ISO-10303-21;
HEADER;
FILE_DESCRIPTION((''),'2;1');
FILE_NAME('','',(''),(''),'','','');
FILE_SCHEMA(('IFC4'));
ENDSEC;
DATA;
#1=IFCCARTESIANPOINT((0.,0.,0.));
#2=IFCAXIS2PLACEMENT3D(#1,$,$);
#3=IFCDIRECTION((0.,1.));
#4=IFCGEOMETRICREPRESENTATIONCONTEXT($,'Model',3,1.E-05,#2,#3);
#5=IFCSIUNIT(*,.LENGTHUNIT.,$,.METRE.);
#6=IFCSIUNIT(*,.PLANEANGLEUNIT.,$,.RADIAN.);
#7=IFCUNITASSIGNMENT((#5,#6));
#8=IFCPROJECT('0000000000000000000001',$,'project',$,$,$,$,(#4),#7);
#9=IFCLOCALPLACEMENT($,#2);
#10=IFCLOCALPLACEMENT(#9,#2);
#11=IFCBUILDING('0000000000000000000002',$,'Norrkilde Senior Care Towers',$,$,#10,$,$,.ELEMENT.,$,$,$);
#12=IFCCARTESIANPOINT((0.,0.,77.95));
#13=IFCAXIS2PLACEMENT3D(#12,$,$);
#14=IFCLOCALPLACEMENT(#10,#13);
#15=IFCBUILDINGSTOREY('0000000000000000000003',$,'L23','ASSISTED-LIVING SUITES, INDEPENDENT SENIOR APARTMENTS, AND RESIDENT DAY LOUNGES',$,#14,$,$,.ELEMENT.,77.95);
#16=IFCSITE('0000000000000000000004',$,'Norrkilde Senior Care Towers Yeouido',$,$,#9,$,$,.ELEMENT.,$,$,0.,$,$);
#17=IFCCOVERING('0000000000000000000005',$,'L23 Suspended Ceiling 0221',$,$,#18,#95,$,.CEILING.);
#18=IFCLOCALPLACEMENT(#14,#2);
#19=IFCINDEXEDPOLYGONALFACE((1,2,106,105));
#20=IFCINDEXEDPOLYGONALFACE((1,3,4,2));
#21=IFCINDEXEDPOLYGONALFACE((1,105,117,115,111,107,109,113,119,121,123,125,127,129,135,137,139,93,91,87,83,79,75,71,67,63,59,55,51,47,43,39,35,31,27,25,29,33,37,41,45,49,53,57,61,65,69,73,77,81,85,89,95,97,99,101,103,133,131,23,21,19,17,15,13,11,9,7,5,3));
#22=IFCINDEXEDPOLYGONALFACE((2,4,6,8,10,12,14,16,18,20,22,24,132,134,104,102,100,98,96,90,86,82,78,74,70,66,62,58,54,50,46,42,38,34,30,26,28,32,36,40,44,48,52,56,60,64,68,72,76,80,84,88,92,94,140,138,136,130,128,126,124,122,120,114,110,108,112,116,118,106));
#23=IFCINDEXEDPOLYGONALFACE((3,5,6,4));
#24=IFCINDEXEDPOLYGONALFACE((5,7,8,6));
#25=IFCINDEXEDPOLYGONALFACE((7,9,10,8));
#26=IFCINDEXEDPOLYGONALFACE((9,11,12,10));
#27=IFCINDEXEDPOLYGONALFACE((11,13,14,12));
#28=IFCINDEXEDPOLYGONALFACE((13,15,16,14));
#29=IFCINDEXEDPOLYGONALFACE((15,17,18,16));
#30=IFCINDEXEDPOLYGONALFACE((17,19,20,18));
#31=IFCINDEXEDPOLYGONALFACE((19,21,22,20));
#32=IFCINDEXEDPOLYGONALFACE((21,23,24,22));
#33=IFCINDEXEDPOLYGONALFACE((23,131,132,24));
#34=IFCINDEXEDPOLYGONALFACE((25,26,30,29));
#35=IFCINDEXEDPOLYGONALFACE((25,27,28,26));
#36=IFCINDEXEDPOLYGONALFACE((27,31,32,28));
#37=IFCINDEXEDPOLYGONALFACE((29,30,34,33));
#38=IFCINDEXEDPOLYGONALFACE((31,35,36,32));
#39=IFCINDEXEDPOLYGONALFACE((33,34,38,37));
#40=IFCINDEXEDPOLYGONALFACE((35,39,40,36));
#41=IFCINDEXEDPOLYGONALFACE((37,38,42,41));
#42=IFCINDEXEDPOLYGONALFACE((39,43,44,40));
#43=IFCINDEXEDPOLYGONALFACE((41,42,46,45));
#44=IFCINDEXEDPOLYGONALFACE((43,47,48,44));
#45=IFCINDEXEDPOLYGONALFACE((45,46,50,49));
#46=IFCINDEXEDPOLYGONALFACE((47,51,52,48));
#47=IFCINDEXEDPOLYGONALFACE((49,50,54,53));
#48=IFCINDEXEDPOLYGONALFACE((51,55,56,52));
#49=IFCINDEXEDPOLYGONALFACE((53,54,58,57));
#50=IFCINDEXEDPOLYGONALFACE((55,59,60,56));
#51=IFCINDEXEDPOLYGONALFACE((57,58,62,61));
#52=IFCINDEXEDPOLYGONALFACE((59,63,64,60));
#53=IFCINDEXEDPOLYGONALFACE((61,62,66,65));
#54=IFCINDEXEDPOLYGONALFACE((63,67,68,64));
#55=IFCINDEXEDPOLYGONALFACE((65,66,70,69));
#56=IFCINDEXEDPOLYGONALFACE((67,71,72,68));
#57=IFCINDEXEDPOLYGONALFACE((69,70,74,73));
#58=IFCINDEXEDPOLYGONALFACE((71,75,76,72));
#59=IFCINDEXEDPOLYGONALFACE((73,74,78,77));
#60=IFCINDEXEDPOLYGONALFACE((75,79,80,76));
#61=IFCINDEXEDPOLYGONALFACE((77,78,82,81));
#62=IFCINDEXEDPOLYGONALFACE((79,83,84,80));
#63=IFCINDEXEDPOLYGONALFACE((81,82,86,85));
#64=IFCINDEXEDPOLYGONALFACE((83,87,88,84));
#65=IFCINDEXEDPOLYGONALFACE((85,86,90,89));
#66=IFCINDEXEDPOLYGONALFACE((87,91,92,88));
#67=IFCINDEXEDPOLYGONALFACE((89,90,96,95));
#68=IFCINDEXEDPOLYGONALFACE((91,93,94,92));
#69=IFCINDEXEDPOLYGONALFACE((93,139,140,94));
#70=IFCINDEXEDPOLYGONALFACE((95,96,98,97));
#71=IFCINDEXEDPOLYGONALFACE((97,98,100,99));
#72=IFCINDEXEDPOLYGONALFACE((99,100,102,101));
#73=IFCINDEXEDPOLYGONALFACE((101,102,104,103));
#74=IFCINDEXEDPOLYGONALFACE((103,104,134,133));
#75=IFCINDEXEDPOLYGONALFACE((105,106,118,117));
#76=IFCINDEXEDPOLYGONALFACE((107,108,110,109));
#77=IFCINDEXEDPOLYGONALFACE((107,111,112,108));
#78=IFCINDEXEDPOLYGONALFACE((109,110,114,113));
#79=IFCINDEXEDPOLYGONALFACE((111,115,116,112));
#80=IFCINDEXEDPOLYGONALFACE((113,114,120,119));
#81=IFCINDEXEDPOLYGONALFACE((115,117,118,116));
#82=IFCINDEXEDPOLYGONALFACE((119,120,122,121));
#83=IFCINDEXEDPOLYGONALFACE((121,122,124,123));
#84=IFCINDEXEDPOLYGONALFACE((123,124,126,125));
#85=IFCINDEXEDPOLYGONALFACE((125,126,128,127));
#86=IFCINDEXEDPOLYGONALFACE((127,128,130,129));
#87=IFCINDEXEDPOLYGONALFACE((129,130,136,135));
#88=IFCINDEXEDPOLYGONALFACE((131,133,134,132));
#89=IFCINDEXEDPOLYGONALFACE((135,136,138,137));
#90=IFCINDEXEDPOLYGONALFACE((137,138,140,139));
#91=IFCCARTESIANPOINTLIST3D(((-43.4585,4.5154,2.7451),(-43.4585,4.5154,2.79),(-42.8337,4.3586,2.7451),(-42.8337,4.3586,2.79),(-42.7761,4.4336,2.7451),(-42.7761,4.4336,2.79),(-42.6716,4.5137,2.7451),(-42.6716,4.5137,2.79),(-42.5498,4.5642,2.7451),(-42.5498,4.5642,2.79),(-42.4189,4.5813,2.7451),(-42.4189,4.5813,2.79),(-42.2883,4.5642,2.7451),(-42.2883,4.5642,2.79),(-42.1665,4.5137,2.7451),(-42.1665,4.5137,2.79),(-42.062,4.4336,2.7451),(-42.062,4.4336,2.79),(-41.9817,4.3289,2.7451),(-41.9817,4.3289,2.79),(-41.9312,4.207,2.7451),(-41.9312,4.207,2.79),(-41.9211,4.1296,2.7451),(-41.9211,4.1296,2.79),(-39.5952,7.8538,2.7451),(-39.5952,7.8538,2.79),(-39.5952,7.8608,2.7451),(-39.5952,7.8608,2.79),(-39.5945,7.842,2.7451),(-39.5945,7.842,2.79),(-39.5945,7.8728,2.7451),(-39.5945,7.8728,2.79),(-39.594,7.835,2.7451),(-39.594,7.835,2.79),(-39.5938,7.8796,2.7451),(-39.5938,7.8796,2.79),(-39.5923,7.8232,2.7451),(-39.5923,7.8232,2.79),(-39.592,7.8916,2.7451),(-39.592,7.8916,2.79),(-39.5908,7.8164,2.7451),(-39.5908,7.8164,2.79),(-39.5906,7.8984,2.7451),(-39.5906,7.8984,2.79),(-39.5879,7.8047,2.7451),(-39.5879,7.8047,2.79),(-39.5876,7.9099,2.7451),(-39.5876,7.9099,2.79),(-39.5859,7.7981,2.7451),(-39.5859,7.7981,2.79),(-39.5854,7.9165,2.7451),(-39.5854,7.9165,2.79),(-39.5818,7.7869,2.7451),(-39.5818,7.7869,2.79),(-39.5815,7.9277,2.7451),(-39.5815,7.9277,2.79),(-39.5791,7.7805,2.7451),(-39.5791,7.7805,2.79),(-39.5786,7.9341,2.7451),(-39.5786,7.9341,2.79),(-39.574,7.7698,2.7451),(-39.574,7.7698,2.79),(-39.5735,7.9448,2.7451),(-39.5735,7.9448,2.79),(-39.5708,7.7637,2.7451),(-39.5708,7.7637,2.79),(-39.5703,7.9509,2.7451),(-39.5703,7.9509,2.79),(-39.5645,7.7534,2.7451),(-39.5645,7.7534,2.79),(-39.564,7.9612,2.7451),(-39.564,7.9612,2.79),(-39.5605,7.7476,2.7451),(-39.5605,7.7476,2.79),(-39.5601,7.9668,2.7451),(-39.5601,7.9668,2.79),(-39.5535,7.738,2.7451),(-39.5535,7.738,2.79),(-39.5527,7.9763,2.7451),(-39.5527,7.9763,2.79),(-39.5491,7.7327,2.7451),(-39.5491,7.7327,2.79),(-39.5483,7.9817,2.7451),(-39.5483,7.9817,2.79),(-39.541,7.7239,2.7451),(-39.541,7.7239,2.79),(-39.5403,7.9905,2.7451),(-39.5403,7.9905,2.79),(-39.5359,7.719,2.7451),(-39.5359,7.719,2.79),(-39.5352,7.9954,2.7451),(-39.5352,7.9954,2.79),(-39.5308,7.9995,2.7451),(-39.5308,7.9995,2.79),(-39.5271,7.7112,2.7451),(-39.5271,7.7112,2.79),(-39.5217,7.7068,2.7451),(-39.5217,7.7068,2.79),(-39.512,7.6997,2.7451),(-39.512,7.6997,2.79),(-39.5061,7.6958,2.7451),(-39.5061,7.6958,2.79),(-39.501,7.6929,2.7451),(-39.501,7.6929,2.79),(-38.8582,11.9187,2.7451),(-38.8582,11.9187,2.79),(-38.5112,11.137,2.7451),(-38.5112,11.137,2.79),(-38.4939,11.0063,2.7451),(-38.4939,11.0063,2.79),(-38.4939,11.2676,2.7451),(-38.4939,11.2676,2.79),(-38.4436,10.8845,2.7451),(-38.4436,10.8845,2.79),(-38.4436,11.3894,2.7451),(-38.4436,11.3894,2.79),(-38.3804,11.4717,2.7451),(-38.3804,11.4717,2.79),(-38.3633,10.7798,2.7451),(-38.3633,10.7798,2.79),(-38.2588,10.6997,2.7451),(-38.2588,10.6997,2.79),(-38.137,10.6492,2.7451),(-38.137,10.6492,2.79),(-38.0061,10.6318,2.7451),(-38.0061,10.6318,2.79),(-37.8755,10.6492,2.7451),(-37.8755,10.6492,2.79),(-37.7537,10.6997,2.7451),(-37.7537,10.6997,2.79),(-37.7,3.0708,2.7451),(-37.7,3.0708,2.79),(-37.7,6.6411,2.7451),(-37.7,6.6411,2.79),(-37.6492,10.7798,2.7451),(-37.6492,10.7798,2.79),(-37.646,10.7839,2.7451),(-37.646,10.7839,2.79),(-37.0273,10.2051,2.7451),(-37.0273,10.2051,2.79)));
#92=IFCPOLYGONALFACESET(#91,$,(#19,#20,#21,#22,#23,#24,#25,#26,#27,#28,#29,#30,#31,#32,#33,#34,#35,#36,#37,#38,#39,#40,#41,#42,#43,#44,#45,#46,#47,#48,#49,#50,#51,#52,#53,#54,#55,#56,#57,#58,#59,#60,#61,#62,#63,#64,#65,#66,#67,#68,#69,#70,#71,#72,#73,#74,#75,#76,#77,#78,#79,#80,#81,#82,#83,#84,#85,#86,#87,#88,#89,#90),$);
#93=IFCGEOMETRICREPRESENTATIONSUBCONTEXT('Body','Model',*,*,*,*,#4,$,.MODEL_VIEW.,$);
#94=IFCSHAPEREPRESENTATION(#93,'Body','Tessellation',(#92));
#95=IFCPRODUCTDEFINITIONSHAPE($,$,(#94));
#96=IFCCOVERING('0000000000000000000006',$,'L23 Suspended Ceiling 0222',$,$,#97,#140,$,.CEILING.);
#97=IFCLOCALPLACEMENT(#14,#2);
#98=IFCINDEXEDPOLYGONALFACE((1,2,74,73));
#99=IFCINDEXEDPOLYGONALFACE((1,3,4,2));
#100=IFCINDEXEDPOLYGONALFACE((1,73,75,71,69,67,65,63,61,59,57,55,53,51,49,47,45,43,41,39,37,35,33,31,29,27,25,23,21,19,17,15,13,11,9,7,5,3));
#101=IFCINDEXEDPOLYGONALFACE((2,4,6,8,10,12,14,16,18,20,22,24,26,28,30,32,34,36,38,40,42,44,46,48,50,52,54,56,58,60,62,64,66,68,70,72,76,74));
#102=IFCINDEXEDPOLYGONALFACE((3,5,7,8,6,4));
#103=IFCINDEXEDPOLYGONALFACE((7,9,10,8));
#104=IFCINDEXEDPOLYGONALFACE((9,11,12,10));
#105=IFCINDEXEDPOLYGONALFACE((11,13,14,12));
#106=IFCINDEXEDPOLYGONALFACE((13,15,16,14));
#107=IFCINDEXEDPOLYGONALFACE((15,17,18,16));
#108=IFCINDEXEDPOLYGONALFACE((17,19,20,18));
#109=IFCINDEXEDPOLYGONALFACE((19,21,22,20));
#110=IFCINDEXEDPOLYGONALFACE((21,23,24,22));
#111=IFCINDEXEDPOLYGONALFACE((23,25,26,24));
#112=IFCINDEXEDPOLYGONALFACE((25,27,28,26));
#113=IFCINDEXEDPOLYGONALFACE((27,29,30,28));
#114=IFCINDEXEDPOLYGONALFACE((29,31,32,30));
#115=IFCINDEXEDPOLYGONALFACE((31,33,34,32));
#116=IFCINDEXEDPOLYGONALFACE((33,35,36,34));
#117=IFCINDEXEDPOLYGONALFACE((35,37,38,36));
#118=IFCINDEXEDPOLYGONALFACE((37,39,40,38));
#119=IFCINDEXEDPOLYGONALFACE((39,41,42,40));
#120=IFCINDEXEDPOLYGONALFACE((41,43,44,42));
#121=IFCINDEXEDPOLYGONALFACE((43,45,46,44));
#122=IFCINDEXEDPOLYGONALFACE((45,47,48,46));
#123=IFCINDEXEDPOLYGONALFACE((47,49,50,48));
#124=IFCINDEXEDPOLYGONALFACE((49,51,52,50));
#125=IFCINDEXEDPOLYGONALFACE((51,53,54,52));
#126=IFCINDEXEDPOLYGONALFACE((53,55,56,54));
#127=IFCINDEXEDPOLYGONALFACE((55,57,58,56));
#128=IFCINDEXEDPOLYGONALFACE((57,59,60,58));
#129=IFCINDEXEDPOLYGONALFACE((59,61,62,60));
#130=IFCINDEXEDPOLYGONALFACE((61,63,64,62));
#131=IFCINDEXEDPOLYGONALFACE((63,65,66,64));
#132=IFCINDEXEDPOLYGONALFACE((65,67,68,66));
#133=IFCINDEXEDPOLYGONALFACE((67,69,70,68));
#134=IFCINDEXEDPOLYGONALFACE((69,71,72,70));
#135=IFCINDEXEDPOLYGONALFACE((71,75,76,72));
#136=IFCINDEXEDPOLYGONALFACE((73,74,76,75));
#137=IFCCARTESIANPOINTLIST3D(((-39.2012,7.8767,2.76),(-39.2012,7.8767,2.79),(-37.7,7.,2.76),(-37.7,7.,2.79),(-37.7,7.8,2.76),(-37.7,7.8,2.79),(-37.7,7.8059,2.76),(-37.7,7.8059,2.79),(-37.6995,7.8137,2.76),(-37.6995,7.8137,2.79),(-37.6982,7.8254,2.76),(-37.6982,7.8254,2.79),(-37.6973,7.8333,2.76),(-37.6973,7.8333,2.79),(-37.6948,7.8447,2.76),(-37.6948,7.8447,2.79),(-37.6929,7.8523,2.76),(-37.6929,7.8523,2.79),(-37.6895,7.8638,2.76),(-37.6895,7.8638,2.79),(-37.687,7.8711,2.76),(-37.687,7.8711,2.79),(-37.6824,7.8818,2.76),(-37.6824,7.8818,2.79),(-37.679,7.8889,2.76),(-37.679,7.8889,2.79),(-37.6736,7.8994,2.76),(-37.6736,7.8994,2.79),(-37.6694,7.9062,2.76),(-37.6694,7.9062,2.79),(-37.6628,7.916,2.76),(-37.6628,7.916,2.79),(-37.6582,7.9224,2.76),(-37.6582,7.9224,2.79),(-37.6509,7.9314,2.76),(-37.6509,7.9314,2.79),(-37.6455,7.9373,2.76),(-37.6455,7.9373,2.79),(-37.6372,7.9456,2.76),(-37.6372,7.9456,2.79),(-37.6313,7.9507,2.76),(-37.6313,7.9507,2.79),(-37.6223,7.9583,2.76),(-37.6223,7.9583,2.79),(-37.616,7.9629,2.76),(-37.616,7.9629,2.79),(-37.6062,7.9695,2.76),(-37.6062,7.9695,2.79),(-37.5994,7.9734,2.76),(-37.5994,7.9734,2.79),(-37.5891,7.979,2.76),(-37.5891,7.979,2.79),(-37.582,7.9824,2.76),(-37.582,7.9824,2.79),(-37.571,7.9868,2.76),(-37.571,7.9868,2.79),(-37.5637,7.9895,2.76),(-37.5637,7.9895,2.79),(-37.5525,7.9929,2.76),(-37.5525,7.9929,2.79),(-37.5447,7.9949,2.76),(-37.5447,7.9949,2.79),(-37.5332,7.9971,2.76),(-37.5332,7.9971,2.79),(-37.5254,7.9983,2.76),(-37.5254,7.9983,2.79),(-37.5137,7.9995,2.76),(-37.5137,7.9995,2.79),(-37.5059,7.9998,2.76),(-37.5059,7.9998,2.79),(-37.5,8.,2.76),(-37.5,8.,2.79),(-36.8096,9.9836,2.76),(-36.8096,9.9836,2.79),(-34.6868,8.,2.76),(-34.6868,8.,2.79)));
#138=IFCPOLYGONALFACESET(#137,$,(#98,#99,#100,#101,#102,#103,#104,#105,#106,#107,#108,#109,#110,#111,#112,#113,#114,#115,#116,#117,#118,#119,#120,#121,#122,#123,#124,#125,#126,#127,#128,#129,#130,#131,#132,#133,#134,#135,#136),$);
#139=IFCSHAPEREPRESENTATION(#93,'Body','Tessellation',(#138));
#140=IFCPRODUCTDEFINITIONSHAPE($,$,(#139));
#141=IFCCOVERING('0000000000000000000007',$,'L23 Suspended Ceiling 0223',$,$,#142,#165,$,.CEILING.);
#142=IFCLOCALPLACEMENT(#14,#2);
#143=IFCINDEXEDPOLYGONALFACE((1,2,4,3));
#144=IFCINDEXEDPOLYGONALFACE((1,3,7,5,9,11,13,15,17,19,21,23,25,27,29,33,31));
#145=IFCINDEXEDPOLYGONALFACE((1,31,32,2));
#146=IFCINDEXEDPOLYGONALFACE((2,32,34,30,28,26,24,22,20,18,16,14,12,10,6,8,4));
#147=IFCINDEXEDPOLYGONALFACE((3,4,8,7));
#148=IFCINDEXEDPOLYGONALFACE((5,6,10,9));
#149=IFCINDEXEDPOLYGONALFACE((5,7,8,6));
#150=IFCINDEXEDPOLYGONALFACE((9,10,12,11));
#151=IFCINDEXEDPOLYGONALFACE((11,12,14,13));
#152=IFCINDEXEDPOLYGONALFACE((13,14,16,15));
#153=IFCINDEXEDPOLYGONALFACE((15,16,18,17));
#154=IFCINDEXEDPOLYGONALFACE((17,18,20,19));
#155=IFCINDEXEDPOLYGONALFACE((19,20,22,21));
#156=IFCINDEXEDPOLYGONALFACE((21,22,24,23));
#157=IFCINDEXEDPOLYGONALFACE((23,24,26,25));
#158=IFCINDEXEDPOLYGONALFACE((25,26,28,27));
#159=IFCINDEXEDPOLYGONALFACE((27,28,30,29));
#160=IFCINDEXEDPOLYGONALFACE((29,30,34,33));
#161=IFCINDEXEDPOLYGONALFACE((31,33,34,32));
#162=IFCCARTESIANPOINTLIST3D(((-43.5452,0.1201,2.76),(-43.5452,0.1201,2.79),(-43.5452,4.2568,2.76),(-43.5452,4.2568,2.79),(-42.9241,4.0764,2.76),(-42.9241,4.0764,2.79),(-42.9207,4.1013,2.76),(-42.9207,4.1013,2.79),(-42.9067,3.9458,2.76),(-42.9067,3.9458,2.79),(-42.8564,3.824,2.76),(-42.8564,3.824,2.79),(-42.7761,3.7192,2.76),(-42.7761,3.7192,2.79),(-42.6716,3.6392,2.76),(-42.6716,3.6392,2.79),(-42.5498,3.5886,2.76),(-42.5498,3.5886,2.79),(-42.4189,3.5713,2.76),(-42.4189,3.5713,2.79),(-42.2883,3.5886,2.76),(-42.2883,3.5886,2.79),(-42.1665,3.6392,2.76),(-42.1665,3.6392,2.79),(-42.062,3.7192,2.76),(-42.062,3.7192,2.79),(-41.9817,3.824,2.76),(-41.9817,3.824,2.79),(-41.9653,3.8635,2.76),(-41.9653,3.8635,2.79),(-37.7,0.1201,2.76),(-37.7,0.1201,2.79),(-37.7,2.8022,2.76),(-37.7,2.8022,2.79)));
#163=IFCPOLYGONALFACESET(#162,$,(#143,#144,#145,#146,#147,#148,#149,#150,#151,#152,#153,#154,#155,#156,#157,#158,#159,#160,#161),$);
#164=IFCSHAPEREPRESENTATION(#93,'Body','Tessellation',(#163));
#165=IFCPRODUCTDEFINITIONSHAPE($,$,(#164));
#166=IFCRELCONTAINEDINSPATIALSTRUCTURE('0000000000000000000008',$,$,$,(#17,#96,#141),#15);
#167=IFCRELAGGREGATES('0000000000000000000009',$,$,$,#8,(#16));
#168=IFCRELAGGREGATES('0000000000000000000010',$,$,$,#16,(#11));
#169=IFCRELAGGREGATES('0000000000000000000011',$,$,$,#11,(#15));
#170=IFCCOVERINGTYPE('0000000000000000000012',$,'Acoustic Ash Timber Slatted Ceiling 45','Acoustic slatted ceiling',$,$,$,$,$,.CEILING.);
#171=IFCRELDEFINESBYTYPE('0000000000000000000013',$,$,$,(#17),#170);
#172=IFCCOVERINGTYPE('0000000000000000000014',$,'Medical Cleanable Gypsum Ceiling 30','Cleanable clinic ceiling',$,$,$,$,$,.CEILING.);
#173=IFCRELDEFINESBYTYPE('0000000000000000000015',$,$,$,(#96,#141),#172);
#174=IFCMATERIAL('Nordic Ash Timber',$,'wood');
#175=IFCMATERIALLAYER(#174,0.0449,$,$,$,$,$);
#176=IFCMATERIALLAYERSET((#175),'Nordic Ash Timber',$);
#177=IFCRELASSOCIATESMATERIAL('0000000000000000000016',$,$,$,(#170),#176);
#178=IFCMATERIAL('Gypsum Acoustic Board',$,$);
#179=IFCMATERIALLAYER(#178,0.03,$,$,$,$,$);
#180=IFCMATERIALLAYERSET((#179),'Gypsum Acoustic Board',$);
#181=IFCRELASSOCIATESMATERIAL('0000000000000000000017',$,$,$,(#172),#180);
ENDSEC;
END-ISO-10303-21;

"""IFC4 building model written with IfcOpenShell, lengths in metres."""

from ifc_helpers import new_model, si_unit, direction, frame, origin, place, context, subcontext, project, spatial, polyline, outline, extrude, material, layer, layer_set, type_object, element, save


model = new_model("IFC4")

# Units and contexts
model_context = context("Model", 3, precision=1e-05, world=origin(), true_north=direction((0.0, 1.0)))
body_context = subcontext(model_context, "Body", "Model", "MODEL_VIEW")
ifc_project = project(units=[si_unit("LENGTHUNIT", "METRE"), si_unit("PLANEANGLEUNIT", "RADIAN")], contexts=[model_context])

# Site, building, storey
site_placement = place(None, origin())
site = spatial("IfcSite", under=ifc_project, at=site_placement, Name="Norrkilde Senior Care Towers Yeouido", CompositionType="ELEMENT", RefElevation=0.0)
building_placement = place(site_placement, origin())
building = spatial("IfcBuilding", under=site, at=building_placement, Name="Norrkilde Senior Care Towers", CompositionType="ELEMENT")
storey_placement = place(building_placement, frame((0.0, 0.0, 77.95)))
storey = spatial("IfcBuildingStorey", under=building, at=storey_placement, Name="L23", Description="ASSISTED-LIVING SUITES, INDEPENDENT SENIOR APARTMENTS, AND RESIDENT DAY LOUNGES", CompositionType="ELEMENT", Elevation=77.95)

# Coverings
ifc_material_1 = material(Name="Nordic Ash Timber", Category="wood")
ifc_layer_1 = layer(ifc_material_1, 0.0449)
ifc_layer_set_1 = layer_set([ifc_layer_1], Name="Nordic Ash Timber")
covering_type_1 = type_object("IfcCoveringType", Name="Acoustic Ash Timber Slatted Ceiling 45", Description="Acoustic slatted ceiling", PredefinedType="CEILING", material=ifc_layer_set_1)
covering_1_placement = place(storey_placement, frame((0.0, 0.0, 2.7451)))
element("IfcCovering", 1, at=covering_1_placement, inside=storey, type_object=covering_type_1, Name="L23 Suspended Ceiling 0221", PredefinedType="CEILING", context=body_context, shape_type="SweptSolid", body=[
    extrude(outline(polyline([(-39.5601, 7.9668), (-39.564, 7.9612), (-39.5703, 7.9509), (-39.5735, 7.9448), (-39.5786, 7.9341), (-39.5815, 7.9277), (-39.5854, 7.9165), (-39.5876, 7.9099), (-39.5906, 7.8984), (-39.592, 7.8916), (-39.5938, 7.8796), (-39.5945, 7.8728), (-39.5952, 7.8608), (-39.5952, 7.8538), (-39.5945, 7.842), (-39.594, 7.835), (-39.5923, 7.8232), (-39.5908, 7.8164), (-39.5879, 7.8047), (-39.5859, 7.7981), (-39.5818, 7.7869), (-39.5791, 7.7805), (-39.574, 7.7698), (-39.5708, 7.7637), (-39.5645, 7.7534), (-39.5605, 7.7476), (-39.5535, 7.738), (-39.5491, 7.7327), (-39.541, 7.7239), (-39.5359, 7.719), (-39.5271, 7.7112), (-39.5217, 7.7068), (-39.512, 7.6997), (-39.5061, 7.6958), (-39.501, 7.6929), (-37.7, 6.6411), (-37.7, 3.0708), (-41.9211, 4.1296), (-41.9312, 4.207), (-41.9817, 4.3289), (-42.062, 4.4336), (-42.1665, 4.5137), (-42.2883, 4.5642), (-42.4189, 4.5813), (-42.5498, 4.5642), (-42.6716, 4.5137), (-42.7761, 4.4336), (-42.8337, 4.3586), (-43.4585, 4.5154), (-38.8582, 11.9187), (-38.3804, 11.4717), (-38.4436, 11.3894), (-38.4939, 11.2676), (-38.5112, 11.137), (-38.4939, 11.0063), (-38.4436, 10.8845), (-38.3633, 10.7798), (-38.2588, 10.6997), (-38.137, 10.6492), (-38.0061, 10.6318), (-37.8755, 10.6492), (-37.7537, 10.6997), (-37.6492, 10.7798), (-37.646, 10.7839), (-37.0273, 10.2051), (-39.5308, 7.9995), (-39.5352, 7.9954), (-39.5403, 7.9905), (-39.5483, 7.9817), (-39.5527, 7.9763), (-39.5601, 7.9668)])), origin(), (0.0, 0.0, 1.0), 0.0449),
])
ifc_material_2 = material(Name="Gypsum Acoustic Board")
ifc_layer_2 = layer(ifc_material_2, 0.03)
ifc_layer_set_2 = layer_set([ifc_layer_2], Name="Gypsum Acoustic Board")
covering_type_2 = type_object("IfcCoveringType", Name="Medical Cleanable Gypsum Ceiling 30", Description="Cleanable clinic ceiling", PredefinedType="CEILING", material=ifc_layer_set_2)
covering_2_placement = place(storey_placement, frame((0.0, 0.0, 2.76)))
element("IfcCovering", 2, at=covering_2_placement, inside=storey, type_object=covering_type_2, Name="L23 Suspended Ceiling 0222", PredefinedType="CEILING", context=body_context, shape_type="SweptSolid", body=[
    extrude(outline(polyline([(-37.5137, 7.9995), (-37.5254, 7.9983), (-37.5332, 7.9971), (-37.5447, 7.9949), (-37.5525, 7.9929), (-37.5637, 7.9895), (-37.571, 7.9868), (-37.582, 7.9824), (-37.5891, 7.979), (-37.5994, 7.9734), (-37.6062, 7.9695), (-37.616, 7.9629), (-37.6223, 7.9583), (-37.6313, 7.9507), (-37.6372, 7.9456), (-37.6455, 7.9373), (-37.6509, 7.9314), (-37.6582, 7.9224), (-37.6628, 7.916), (-37.6694, 7.9062), (-37.6736, 7.8994), (-37.679, 7.8889), (-37.6824, 7.8818), (-37.687, 7.8711), (-37.6895, 7.8638), (-37.6929, 7.8523), (-37.6948, 7.8447), (-37.6973, 7.8333), (-37.6982, 7.8254), (-37.6995, 7.8137), (-37.7, 7.8059), (-37.7, 7.8), (-37.7, 7.0), (-39.2012, 7.8767), (-36.8096, 9.9836), (-34.6868, 8.0), (-37.5, 8.0), (-37.5059, 7.9998), (-37.5137, 7.9995)])), origin(), (0.0, 0.0, 1.0), 0.03),
])
covering_3_placement = place(storey_placement, frame((0.0, 0.0, 2.76)))
element("IfcCovering", 3, at=covering_3_placement, inside=storey, type_object=covering_type_2, Name="L23 Suspended Ceiling 0223", PredefinedType="CEILING", context=body_context, shape_type="SweptSolid", body=[
    extrude(outline(polyline([(-42.9207, 4.1013), (-42.9241, 4.0764), (-42.9067, 3.9458), (-42.8564, 3.824), (-42.7761, 3.7192), (-42.6716, 3.6392), (-42.5498, 3.5886), (-42.4189, 3.5713), (-42.2883, 3.5886), (-42.1665, 3.6392), (-42.062, 3.7192), (-41.9817, 3.824), (-41.9653, 3.8635), (-37.7, 2.8022), (-37.7, 0.1201), (-43.5452, 0.1201), (-43.5452, 4.2568), (-42.9207, 4.1013)])), origin(), (0.0, 0.0, 1.0), 0.03),
])

save(model, "model.ifc")
